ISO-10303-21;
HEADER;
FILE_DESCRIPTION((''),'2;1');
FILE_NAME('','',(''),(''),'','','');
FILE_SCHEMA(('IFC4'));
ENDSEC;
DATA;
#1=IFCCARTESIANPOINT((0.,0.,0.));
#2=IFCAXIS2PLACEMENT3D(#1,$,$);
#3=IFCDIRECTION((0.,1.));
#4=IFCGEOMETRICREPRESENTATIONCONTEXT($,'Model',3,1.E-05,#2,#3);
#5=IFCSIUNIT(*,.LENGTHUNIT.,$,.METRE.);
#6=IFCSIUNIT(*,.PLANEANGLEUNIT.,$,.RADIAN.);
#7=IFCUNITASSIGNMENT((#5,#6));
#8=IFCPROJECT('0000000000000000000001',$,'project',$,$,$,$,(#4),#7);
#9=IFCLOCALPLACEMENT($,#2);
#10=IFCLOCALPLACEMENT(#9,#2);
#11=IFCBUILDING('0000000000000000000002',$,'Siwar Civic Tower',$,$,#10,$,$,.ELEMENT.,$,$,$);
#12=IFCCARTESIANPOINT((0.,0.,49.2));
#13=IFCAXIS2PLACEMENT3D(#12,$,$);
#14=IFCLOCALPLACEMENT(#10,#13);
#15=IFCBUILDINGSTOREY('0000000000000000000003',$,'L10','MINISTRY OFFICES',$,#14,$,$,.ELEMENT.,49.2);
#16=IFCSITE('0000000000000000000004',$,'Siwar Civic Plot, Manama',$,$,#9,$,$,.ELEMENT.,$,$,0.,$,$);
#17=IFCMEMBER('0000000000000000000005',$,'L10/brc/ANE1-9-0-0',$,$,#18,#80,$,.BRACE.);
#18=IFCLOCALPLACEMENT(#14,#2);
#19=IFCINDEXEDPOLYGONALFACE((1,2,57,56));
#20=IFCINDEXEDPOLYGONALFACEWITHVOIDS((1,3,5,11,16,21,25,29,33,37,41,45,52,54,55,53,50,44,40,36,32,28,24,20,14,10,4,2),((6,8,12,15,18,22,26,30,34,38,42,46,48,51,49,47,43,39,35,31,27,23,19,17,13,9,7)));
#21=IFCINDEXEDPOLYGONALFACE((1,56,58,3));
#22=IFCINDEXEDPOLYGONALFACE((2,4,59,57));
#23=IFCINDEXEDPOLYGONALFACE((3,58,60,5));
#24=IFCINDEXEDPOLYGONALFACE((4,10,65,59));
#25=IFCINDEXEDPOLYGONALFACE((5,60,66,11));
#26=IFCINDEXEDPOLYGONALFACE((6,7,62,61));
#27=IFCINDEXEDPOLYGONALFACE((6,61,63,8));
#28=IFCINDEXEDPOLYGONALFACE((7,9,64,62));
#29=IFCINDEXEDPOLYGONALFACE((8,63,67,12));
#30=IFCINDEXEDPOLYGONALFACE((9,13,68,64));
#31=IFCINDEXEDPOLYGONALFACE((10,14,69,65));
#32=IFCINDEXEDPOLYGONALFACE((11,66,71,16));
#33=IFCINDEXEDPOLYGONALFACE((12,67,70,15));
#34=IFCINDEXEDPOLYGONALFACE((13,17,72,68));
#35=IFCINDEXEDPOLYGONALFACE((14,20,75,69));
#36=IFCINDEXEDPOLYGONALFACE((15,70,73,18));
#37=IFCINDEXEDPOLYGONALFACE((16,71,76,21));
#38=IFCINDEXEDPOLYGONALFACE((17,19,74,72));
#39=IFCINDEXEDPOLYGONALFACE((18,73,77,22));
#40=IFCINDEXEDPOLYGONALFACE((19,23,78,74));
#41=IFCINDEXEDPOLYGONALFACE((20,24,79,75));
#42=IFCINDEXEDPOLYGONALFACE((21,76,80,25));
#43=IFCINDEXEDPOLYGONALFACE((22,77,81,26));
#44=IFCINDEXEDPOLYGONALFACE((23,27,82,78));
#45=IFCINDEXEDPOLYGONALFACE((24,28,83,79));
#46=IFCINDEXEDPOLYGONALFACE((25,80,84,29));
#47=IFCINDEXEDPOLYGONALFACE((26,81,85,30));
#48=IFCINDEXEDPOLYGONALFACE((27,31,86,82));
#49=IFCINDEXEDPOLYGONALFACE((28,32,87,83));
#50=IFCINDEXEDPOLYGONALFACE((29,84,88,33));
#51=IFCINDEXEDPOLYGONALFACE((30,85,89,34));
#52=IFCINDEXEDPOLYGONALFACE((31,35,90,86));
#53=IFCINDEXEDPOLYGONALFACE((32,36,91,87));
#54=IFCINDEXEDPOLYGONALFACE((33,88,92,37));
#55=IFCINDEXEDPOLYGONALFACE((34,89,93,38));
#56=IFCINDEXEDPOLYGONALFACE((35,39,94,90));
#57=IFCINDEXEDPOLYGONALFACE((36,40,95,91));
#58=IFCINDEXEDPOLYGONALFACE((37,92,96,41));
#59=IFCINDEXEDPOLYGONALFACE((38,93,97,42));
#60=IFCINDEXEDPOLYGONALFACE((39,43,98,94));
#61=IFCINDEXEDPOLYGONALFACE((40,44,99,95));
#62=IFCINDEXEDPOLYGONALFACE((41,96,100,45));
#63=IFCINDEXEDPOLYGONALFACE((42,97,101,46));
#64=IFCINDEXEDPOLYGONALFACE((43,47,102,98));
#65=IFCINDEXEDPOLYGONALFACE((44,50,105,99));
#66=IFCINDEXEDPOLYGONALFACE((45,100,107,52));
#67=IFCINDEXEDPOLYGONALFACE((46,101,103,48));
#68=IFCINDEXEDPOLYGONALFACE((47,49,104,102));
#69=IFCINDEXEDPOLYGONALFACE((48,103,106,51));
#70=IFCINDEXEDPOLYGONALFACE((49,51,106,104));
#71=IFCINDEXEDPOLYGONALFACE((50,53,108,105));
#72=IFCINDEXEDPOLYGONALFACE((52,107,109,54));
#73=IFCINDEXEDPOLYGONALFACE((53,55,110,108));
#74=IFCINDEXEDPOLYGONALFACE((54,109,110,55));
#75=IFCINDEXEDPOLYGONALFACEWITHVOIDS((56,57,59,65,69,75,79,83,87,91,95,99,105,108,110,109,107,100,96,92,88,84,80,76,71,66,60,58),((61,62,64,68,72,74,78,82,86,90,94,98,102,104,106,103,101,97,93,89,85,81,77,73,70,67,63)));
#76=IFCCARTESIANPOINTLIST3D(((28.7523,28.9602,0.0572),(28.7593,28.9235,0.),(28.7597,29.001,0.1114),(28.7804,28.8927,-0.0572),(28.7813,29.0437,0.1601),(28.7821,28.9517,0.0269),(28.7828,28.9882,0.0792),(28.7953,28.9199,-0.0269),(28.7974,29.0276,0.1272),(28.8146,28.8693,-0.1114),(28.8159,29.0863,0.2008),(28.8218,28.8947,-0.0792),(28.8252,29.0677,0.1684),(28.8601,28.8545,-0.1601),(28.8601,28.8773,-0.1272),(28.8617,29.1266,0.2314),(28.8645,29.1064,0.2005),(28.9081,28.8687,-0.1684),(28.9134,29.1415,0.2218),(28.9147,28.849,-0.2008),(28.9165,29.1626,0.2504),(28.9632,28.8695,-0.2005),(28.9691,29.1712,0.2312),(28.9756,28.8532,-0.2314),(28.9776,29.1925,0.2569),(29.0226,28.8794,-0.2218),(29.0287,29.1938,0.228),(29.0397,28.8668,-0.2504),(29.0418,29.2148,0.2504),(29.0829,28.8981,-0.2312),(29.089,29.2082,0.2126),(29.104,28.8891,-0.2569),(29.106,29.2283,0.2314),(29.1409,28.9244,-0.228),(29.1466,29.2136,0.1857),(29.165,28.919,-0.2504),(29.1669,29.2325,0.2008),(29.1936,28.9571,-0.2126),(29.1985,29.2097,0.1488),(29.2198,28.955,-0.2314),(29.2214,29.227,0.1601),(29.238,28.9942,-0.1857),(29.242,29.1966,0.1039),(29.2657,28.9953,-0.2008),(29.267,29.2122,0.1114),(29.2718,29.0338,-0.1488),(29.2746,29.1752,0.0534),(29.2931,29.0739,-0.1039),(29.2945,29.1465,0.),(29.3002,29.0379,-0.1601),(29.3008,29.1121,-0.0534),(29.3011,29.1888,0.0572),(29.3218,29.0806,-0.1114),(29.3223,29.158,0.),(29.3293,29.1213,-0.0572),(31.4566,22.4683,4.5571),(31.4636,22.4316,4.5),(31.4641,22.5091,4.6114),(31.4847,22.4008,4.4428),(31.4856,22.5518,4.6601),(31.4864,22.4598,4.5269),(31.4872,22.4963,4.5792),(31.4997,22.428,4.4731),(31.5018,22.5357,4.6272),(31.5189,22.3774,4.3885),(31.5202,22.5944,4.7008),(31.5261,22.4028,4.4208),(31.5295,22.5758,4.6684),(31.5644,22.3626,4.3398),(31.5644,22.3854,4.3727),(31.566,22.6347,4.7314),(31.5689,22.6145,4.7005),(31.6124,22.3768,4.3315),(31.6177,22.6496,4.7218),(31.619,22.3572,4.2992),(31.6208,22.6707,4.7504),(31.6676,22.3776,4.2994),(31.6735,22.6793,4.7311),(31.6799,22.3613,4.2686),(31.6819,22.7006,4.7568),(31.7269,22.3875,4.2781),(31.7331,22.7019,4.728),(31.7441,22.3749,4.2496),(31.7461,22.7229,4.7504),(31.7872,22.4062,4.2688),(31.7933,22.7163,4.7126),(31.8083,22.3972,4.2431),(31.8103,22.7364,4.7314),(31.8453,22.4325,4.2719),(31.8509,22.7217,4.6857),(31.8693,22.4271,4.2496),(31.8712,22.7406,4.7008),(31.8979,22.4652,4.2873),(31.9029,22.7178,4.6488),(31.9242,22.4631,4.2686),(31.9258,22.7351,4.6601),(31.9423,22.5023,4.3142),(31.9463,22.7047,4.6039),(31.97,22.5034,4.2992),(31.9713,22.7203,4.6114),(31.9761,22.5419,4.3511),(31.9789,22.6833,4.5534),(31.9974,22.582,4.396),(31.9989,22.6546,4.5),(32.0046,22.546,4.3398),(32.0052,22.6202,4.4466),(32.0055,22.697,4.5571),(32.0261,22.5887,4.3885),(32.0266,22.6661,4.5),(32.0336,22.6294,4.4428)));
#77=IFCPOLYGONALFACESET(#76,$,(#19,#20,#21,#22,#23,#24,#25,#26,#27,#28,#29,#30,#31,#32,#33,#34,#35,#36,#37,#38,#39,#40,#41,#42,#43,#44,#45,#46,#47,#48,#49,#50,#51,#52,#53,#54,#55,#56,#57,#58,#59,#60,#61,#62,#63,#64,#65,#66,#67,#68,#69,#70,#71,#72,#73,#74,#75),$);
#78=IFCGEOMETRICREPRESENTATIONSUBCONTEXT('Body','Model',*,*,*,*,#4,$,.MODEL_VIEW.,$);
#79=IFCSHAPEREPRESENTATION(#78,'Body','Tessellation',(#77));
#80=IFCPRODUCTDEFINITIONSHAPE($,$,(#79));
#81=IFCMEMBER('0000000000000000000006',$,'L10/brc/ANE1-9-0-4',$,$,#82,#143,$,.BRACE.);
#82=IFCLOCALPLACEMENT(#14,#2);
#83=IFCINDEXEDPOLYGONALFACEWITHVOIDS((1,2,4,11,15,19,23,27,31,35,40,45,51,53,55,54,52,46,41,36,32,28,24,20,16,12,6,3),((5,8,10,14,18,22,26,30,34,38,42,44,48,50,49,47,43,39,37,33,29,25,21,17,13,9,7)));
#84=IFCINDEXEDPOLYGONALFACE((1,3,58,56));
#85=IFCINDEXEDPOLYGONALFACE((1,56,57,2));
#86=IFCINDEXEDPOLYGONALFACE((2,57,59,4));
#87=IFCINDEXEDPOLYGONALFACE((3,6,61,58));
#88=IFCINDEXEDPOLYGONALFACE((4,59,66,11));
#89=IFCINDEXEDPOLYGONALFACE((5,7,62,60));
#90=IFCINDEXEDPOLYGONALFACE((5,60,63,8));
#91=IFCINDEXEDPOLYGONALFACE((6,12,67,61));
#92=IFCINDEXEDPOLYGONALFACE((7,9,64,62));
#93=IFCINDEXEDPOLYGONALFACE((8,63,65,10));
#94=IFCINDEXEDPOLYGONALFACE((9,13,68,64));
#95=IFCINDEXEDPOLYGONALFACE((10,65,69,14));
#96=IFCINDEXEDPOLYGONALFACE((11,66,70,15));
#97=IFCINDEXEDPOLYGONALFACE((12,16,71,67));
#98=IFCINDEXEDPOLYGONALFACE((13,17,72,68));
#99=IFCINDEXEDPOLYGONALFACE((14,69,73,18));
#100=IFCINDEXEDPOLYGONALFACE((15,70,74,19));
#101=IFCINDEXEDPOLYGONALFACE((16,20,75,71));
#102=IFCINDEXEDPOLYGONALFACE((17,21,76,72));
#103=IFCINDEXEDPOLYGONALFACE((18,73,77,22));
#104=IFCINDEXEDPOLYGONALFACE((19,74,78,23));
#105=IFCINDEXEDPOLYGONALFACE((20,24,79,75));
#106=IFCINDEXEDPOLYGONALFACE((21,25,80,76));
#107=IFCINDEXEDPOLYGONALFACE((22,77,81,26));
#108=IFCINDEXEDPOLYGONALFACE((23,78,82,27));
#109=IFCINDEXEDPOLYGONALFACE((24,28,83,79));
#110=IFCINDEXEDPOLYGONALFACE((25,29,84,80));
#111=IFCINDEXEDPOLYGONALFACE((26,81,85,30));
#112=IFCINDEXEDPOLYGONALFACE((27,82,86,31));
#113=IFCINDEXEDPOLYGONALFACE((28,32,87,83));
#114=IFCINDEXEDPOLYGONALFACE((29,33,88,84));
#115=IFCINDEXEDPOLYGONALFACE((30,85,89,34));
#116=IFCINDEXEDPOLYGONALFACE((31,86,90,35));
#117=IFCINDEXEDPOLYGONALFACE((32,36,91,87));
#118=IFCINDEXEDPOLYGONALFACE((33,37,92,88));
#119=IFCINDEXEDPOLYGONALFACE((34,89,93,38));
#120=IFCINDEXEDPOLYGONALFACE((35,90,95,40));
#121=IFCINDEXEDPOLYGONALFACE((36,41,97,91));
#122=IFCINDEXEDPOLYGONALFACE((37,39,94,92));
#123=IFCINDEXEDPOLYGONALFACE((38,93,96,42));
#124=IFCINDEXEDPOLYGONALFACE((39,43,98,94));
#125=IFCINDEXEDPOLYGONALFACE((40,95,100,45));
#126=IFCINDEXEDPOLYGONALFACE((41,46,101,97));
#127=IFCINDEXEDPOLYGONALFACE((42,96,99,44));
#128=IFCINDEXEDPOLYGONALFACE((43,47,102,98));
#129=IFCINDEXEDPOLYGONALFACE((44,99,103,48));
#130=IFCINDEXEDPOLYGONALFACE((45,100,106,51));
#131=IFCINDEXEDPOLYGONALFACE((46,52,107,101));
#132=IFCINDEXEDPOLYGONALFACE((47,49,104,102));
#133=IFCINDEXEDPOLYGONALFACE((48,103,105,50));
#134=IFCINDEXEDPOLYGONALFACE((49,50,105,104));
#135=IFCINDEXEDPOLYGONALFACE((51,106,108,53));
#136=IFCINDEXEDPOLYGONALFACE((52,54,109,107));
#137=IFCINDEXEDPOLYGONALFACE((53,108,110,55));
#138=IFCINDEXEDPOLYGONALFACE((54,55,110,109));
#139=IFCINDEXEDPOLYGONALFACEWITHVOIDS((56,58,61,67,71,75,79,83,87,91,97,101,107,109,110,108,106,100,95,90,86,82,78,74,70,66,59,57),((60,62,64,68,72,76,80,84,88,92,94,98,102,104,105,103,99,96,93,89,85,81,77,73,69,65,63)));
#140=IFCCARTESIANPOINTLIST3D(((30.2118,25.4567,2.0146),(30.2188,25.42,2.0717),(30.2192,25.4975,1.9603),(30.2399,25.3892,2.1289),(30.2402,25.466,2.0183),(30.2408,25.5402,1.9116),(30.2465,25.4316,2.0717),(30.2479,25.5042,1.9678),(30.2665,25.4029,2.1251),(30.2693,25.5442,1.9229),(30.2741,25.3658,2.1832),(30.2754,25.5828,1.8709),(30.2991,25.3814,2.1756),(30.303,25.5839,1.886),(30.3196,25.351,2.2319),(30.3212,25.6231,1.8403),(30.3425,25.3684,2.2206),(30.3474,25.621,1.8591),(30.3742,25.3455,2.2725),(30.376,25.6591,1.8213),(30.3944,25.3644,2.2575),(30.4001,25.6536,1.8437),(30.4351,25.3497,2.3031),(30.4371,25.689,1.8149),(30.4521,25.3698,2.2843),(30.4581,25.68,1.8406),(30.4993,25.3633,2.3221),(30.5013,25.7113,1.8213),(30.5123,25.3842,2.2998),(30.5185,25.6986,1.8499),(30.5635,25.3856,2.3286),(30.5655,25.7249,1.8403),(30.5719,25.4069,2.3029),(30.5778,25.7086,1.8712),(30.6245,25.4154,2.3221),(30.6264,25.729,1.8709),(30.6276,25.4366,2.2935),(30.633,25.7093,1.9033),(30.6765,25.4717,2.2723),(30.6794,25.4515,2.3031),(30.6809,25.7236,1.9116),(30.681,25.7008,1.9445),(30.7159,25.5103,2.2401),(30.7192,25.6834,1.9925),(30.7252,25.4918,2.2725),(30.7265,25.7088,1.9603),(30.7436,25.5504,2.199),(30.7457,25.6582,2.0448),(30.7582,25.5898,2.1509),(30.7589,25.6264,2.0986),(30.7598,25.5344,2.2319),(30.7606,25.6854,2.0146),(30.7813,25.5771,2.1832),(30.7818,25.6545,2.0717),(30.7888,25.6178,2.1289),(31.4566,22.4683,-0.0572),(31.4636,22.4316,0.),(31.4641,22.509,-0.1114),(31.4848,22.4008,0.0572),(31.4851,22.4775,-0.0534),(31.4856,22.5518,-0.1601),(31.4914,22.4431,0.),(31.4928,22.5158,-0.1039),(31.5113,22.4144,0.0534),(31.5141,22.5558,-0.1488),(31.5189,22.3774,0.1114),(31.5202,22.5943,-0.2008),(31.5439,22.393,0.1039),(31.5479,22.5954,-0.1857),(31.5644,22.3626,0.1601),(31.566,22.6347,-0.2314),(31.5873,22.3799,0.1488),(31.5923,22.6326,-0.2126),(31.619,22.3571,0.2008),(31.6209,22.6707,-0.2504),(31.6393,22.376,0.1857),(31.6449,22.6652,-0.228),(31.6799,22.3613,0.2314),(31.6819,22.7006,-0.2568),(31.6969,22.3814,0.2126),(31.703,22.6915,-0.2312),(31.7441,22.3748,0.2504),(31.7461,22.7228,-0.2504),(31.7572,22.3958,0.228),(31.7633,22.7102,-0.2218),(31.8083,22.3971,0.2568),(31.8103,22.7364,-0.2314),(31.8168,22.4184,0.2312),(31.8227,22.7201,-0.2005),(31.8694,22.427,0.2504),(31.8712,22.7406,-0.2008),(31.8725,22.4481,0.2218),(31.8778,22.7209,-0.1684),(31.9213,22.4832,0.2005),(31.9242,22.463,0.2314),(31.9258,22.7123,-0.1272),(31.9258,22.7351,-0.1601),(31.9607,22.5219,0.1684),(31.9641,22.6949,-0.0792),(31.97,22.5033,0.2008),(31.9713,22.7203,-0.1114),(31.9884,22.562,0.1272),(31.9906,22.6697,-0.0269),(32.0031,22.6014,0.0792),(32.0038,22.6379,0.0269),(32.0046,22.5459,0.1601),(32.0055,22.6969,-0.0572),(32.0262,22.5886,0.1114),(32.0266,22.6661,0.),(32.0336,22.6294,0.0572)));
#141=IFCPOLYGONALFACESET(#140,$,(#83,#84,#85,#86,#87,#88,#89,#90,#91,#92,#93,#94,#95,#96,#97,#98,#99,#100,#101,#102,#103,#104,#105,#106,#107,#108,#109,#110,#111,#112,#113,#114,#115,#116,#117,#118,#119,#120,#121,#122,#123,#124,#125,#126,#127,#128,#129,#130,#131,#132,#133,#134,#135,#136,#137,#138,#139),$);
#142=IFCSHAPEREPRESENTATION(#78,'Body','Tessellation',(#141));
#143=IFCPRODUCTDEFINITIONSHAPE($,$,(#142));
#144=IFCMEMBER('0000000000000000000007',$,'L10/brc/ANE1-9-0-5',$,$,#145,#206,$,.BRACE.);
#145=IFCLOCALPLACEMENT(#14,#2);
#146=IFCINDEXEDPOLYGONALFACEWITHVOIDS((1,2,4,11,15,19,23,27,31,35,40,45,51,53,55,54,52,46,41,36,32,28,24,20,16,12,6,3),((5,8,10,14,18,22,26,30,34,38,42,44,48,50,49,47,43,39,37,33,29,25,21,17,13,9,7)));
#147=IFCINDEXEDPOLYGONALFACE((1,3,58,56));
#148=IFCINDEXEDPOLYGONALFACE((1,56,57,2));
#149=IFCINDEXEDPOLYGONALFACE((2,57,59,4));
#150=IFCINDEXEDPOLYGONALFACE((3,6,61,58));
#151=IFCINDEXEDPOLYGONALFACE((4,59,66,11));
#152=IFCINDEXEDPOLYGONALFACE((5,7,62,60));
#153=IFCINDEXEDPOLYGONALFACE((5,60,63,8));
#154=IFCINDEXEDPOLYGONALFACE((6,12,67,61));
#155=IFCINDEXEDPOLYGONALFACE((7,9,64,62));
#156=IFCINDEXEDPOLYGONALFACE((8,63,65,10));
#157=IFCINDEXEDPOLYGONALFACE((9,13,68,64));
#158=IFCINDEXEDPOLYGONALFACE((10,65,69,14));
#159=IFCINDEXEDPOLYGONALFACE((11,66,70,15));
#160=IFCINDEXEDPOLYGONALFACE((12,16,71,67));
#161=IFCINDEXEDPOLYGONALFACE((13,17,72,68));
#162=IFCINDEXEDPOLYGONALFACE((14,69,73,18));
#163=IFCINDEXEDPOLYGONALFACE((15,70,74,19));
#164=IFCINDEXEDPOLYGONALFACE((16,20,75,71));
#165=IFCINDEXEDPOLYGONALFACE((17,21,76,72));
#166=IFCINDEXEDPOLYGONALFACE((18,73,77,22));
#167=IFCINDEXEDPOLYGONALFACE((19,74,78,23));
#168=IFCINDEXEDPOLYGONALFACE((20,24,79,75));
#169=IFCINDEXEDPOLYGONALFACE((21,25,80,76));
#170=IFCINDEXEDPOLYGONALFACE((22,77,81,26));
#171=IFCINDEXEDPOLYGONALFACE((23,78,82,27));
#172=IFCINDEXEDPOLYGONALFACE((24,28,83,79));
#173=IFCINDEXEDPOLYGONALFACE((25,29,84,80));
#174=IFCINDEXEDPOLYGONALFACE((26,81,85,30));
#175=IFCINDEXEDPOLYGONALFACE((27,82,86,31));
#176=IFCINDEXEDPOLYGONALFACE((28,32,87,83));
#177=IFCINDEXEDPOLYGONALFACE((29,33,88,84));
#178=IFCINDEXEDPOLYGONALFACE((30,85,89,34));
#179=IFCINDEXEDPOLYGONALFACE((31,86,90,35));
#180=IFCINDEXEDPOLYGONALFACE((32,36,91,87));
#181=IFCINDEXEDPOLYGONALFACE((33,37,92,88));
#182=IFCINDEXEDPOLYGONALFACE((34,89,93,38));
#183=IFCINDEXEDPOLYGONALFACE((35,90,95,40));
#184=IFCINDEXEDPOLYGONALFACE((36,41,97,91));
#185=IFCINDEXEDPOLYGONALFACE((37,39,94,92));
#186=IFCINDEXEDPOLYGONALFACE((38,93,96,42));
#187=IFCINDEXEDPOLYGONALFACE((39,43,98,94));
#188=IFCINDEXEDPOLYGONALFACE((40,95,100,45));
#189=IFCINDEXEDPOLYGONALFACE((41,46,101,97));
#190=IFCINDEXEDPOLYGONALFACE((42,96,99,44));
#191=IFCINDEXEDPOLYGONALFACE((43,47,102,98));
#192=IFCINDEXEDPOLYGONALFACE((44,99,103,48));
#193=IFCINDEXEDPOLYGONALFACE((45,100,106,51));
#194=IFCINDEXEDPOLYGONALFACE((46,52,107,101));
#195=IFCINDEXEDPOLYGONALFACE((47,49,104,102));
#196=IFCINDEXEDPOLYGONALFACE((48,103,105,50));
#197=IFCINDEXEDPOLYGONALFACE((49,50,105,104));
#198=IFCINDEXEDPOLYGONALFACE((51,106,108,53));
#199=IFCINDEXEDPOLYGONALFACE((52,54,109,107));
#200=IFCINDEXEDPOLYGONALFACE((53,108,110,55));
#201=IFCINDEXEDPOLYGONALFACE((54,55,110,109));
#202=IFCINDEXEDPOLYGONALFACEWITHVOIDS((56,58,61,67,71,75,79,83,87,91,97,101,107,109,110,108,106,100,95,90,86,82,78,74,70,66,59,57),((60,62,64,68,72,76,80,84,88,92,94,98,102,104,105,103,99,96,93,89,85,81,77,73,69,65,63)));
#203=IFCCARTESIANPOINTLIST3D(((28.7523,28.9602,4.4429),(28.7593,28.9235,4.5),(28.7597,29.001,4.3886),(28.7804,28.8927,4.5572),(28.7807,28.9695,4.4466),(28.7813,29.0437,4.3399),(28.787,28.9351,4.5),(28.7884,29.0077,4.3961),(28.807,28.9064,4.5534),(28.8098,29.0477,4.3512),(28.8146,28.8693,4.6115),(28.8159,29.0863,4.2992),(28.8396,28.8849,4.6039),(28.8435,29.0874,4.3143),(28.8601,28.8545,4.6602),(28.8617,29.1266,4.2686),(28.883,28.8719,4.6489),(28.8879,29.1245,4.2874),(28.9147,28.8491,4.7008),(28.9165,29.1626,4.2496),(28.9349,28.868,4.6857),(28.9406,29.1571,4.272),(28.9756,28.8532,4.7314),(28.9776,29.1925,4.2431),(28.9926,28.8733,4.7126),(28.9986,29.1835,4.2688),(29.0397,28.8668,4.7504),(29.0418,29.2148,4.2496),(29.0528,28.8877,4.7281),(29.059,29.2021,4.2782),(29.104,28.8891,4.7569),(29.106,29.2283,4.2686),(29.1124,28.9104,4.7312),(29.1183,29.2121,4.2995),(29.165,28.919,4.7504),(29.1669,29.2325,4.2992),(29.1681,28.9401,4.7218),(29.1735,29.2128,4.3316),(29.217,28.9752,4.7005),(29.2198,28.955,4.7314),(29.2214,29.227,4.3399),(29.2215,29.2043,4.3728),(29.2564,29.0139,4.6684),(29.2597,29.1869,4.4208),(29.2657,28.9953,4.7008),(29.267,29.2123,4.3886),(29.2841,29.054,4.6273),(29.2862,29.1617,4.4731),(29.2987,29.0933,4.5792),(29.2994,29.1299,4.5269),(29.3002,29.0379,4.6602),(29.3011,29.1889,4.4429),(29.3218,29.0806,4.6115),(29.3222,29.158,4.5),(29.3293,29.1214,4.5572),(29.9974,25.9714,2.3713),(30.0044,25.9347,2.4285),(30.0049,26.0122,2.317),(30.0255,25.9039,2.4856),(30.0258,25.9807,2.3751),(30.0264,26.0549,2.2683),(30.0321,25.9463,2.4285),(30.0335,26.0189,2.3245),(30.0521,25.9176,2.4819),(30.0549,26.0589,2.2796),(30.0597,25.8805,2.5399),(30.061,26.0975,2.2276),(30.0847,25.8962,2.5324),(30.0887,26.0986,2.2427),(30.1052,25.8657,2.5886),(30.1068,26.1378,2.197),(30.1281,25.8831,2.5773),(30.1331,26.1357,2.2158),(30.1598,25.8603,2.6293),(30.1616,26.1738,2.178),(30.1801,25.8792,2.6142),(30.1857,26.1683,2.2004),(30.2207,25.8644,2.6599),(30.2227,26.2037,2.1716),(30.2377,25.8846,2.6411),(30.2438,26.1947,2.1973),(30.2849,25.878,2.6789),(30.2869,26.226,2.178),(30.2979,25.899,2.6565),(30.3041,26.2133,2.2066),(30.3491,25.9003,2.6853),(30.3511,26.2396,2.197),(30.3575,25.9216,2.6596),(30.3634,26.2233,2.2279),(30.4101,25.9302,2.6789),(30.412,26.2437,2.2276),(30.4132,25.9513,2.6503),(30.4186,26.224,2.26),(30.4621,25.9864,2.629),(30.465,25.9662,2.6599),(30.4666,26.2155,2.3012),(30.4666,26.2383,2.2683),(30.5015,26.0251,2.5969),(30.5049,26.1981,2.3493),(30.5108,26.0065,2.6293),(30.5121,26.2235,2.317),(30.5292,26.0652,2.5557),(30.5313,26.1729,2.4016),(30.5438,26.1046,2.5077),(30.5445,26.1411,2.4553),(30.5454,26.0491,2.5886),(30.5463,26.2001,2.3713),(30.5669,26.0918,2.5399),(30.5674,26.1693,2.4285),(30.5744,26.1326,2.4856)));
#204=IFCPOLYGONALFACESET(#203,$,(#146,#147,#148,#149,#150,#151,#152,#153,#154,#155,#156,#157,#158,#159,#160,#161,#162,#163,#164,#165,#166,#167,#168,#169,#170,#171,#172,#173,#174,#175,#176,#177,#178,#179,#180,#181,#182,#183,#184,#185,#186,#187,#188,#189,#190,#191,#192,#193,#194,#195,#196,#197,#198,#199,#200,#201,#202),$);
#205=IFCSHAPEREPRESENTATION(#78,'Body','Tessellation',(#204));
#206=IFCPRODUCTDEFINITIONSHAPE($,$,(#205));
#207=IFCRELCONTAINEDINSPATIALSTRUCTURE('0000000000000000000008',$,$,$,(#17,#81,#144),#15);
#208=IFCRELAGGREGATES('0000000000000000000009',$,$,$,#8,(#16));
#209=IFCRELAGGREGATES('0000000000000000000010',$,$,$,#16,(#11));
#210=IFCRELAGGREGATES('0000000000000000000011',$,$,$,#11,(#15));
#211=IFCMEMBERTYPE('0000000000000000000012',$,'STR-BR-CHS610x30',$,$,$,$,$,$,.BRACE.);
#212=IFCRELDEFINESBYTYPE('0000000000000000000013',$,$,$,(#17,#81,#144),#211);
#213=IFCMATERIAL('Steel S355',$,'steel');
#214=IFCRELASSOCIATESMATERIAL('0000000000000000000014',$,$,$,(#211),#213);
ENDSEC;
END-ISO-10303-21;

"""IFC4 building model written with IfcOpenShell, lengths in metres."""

from ifc_helpers import new_model, si_unit, direction, frame, origin, origin_2d, place, context, subcontext, project, spatial, hollow_circle, extrude, material, material_profile, profile_set, type_object, element, save


model = new_model("IFC4")

# Units and contexts
model_context = context("Model", 3, precision=1e-05, world=origin(), true_north=direction((0.0, 1.0)))
body_context = subcontext(model_context, "Body", "Model", "MODEL_VIEW")
ifc_project = project(units=[si_unit("LENGTHUNIT", "METRE"), si_unit("PLANEANGLEUNIT", "RADIAN")], contexts=[model_context])

# Site, building, storey
site_placement = place(None, origin())
site = spatial("IfcSite", under=ifc_project, at=site_placement, Name="Siwar Civic Plot, Manama", CompositionType="ELEMENT", RefElevation=0.0)
building_placement = place(site_placement, origin())
building = spatial("IfcBuilding", under=site, at=building_placement, Name="Siwar Civic Tower", CompositionType="ELEMENT")
storey_placement = place(building_placement, frame((0.0, 0.0, 49.2)))
storey = spatial("IfcBuildingStorey", under=building, at=storey_placement, Name="L10", Description="MINISTRY OFFICES", CompositionType="ELEMENT", Elevation=49.2)

# Members
ifc_material_1 = material(Name="Steel S355", Category="steel")
ifc_material_profile_1 = material_profile(ifc_material_1, hollow_circle(Radius=0.3049, WallThickness=0.03, at=origin_2d()), Name="CHS610x30")
ifc_profile_set_1 = profile_set([ifc_material_profile_1], Name="Steel S355")
member_type_1 = type_object("IfcMemberType", Name="STR-BR-CHS610x30", PredefinedType="BRACE", material=ifc_profile_set_1)
member_1_placement = place(storey_placement, frame((29.0408, 29.0408, 0.0), z_axis=(0.323906, -0.777555, 0.538975), x_axis=(0.923109, 0.384539, 0.0)))
element("IfcMember", 1, at=member_1_placement, inside=storey, type_object=member_type_1, Name="L10/brc/ANE1-9-0-0", PredefinedType="BRACE", context=body_context, shape_type="SweptSolid", body=[
    extrude(hollow_circle(Radius=0.3049, WallThickness=0.03, at=origin_2d()), origin(), (0.0, 0.0, 1.0), 8.3491),
])
member_2_placement = place(storey_placement, frame((31.7451, 22.5488, 0.0), z_axis=(-0.323882, 0.777533, 0.53902), x_axis=(-0.923115, -0.384524, 0.0)))
element("IfcMember", 2, at=member_2_placement, inside=storey, type_object=member_type_1, Name="L10/brc/ANE1-9-0-4", PredefinedType="BRACE", context=body_context, shape_type="SweptSolid", body=[
    extrude(hollow_circle(Radius=0.3049, WallThickness=0.03, at=origin_2d()), origin(), (0.0, 0.0, 1.0), 3.8435),
])
member_3_placement = place(storey_placement, frame((30.2859, 26.052, 2.4285), z_axis=(-0.323934, 0.777569, 0.538937), x_axis=(-0.923099, -0.384562, 0.0)))
element("IfcMember", 3, at=member_3_placement, inside=storey, type_object=member_type_1, Name="L10/brc/ANE1-9-0-5", PredefinedType="BRACE", context=body_context, shape_type="SweptSolid", body=[
    extrude(hollow_circle(Radius=0.3049, WallThickness=0.03, at=origin_2d()), origin(), (0.0, 0.0, 1.0), 3.8438),
])

save(model, "model.ifc")
